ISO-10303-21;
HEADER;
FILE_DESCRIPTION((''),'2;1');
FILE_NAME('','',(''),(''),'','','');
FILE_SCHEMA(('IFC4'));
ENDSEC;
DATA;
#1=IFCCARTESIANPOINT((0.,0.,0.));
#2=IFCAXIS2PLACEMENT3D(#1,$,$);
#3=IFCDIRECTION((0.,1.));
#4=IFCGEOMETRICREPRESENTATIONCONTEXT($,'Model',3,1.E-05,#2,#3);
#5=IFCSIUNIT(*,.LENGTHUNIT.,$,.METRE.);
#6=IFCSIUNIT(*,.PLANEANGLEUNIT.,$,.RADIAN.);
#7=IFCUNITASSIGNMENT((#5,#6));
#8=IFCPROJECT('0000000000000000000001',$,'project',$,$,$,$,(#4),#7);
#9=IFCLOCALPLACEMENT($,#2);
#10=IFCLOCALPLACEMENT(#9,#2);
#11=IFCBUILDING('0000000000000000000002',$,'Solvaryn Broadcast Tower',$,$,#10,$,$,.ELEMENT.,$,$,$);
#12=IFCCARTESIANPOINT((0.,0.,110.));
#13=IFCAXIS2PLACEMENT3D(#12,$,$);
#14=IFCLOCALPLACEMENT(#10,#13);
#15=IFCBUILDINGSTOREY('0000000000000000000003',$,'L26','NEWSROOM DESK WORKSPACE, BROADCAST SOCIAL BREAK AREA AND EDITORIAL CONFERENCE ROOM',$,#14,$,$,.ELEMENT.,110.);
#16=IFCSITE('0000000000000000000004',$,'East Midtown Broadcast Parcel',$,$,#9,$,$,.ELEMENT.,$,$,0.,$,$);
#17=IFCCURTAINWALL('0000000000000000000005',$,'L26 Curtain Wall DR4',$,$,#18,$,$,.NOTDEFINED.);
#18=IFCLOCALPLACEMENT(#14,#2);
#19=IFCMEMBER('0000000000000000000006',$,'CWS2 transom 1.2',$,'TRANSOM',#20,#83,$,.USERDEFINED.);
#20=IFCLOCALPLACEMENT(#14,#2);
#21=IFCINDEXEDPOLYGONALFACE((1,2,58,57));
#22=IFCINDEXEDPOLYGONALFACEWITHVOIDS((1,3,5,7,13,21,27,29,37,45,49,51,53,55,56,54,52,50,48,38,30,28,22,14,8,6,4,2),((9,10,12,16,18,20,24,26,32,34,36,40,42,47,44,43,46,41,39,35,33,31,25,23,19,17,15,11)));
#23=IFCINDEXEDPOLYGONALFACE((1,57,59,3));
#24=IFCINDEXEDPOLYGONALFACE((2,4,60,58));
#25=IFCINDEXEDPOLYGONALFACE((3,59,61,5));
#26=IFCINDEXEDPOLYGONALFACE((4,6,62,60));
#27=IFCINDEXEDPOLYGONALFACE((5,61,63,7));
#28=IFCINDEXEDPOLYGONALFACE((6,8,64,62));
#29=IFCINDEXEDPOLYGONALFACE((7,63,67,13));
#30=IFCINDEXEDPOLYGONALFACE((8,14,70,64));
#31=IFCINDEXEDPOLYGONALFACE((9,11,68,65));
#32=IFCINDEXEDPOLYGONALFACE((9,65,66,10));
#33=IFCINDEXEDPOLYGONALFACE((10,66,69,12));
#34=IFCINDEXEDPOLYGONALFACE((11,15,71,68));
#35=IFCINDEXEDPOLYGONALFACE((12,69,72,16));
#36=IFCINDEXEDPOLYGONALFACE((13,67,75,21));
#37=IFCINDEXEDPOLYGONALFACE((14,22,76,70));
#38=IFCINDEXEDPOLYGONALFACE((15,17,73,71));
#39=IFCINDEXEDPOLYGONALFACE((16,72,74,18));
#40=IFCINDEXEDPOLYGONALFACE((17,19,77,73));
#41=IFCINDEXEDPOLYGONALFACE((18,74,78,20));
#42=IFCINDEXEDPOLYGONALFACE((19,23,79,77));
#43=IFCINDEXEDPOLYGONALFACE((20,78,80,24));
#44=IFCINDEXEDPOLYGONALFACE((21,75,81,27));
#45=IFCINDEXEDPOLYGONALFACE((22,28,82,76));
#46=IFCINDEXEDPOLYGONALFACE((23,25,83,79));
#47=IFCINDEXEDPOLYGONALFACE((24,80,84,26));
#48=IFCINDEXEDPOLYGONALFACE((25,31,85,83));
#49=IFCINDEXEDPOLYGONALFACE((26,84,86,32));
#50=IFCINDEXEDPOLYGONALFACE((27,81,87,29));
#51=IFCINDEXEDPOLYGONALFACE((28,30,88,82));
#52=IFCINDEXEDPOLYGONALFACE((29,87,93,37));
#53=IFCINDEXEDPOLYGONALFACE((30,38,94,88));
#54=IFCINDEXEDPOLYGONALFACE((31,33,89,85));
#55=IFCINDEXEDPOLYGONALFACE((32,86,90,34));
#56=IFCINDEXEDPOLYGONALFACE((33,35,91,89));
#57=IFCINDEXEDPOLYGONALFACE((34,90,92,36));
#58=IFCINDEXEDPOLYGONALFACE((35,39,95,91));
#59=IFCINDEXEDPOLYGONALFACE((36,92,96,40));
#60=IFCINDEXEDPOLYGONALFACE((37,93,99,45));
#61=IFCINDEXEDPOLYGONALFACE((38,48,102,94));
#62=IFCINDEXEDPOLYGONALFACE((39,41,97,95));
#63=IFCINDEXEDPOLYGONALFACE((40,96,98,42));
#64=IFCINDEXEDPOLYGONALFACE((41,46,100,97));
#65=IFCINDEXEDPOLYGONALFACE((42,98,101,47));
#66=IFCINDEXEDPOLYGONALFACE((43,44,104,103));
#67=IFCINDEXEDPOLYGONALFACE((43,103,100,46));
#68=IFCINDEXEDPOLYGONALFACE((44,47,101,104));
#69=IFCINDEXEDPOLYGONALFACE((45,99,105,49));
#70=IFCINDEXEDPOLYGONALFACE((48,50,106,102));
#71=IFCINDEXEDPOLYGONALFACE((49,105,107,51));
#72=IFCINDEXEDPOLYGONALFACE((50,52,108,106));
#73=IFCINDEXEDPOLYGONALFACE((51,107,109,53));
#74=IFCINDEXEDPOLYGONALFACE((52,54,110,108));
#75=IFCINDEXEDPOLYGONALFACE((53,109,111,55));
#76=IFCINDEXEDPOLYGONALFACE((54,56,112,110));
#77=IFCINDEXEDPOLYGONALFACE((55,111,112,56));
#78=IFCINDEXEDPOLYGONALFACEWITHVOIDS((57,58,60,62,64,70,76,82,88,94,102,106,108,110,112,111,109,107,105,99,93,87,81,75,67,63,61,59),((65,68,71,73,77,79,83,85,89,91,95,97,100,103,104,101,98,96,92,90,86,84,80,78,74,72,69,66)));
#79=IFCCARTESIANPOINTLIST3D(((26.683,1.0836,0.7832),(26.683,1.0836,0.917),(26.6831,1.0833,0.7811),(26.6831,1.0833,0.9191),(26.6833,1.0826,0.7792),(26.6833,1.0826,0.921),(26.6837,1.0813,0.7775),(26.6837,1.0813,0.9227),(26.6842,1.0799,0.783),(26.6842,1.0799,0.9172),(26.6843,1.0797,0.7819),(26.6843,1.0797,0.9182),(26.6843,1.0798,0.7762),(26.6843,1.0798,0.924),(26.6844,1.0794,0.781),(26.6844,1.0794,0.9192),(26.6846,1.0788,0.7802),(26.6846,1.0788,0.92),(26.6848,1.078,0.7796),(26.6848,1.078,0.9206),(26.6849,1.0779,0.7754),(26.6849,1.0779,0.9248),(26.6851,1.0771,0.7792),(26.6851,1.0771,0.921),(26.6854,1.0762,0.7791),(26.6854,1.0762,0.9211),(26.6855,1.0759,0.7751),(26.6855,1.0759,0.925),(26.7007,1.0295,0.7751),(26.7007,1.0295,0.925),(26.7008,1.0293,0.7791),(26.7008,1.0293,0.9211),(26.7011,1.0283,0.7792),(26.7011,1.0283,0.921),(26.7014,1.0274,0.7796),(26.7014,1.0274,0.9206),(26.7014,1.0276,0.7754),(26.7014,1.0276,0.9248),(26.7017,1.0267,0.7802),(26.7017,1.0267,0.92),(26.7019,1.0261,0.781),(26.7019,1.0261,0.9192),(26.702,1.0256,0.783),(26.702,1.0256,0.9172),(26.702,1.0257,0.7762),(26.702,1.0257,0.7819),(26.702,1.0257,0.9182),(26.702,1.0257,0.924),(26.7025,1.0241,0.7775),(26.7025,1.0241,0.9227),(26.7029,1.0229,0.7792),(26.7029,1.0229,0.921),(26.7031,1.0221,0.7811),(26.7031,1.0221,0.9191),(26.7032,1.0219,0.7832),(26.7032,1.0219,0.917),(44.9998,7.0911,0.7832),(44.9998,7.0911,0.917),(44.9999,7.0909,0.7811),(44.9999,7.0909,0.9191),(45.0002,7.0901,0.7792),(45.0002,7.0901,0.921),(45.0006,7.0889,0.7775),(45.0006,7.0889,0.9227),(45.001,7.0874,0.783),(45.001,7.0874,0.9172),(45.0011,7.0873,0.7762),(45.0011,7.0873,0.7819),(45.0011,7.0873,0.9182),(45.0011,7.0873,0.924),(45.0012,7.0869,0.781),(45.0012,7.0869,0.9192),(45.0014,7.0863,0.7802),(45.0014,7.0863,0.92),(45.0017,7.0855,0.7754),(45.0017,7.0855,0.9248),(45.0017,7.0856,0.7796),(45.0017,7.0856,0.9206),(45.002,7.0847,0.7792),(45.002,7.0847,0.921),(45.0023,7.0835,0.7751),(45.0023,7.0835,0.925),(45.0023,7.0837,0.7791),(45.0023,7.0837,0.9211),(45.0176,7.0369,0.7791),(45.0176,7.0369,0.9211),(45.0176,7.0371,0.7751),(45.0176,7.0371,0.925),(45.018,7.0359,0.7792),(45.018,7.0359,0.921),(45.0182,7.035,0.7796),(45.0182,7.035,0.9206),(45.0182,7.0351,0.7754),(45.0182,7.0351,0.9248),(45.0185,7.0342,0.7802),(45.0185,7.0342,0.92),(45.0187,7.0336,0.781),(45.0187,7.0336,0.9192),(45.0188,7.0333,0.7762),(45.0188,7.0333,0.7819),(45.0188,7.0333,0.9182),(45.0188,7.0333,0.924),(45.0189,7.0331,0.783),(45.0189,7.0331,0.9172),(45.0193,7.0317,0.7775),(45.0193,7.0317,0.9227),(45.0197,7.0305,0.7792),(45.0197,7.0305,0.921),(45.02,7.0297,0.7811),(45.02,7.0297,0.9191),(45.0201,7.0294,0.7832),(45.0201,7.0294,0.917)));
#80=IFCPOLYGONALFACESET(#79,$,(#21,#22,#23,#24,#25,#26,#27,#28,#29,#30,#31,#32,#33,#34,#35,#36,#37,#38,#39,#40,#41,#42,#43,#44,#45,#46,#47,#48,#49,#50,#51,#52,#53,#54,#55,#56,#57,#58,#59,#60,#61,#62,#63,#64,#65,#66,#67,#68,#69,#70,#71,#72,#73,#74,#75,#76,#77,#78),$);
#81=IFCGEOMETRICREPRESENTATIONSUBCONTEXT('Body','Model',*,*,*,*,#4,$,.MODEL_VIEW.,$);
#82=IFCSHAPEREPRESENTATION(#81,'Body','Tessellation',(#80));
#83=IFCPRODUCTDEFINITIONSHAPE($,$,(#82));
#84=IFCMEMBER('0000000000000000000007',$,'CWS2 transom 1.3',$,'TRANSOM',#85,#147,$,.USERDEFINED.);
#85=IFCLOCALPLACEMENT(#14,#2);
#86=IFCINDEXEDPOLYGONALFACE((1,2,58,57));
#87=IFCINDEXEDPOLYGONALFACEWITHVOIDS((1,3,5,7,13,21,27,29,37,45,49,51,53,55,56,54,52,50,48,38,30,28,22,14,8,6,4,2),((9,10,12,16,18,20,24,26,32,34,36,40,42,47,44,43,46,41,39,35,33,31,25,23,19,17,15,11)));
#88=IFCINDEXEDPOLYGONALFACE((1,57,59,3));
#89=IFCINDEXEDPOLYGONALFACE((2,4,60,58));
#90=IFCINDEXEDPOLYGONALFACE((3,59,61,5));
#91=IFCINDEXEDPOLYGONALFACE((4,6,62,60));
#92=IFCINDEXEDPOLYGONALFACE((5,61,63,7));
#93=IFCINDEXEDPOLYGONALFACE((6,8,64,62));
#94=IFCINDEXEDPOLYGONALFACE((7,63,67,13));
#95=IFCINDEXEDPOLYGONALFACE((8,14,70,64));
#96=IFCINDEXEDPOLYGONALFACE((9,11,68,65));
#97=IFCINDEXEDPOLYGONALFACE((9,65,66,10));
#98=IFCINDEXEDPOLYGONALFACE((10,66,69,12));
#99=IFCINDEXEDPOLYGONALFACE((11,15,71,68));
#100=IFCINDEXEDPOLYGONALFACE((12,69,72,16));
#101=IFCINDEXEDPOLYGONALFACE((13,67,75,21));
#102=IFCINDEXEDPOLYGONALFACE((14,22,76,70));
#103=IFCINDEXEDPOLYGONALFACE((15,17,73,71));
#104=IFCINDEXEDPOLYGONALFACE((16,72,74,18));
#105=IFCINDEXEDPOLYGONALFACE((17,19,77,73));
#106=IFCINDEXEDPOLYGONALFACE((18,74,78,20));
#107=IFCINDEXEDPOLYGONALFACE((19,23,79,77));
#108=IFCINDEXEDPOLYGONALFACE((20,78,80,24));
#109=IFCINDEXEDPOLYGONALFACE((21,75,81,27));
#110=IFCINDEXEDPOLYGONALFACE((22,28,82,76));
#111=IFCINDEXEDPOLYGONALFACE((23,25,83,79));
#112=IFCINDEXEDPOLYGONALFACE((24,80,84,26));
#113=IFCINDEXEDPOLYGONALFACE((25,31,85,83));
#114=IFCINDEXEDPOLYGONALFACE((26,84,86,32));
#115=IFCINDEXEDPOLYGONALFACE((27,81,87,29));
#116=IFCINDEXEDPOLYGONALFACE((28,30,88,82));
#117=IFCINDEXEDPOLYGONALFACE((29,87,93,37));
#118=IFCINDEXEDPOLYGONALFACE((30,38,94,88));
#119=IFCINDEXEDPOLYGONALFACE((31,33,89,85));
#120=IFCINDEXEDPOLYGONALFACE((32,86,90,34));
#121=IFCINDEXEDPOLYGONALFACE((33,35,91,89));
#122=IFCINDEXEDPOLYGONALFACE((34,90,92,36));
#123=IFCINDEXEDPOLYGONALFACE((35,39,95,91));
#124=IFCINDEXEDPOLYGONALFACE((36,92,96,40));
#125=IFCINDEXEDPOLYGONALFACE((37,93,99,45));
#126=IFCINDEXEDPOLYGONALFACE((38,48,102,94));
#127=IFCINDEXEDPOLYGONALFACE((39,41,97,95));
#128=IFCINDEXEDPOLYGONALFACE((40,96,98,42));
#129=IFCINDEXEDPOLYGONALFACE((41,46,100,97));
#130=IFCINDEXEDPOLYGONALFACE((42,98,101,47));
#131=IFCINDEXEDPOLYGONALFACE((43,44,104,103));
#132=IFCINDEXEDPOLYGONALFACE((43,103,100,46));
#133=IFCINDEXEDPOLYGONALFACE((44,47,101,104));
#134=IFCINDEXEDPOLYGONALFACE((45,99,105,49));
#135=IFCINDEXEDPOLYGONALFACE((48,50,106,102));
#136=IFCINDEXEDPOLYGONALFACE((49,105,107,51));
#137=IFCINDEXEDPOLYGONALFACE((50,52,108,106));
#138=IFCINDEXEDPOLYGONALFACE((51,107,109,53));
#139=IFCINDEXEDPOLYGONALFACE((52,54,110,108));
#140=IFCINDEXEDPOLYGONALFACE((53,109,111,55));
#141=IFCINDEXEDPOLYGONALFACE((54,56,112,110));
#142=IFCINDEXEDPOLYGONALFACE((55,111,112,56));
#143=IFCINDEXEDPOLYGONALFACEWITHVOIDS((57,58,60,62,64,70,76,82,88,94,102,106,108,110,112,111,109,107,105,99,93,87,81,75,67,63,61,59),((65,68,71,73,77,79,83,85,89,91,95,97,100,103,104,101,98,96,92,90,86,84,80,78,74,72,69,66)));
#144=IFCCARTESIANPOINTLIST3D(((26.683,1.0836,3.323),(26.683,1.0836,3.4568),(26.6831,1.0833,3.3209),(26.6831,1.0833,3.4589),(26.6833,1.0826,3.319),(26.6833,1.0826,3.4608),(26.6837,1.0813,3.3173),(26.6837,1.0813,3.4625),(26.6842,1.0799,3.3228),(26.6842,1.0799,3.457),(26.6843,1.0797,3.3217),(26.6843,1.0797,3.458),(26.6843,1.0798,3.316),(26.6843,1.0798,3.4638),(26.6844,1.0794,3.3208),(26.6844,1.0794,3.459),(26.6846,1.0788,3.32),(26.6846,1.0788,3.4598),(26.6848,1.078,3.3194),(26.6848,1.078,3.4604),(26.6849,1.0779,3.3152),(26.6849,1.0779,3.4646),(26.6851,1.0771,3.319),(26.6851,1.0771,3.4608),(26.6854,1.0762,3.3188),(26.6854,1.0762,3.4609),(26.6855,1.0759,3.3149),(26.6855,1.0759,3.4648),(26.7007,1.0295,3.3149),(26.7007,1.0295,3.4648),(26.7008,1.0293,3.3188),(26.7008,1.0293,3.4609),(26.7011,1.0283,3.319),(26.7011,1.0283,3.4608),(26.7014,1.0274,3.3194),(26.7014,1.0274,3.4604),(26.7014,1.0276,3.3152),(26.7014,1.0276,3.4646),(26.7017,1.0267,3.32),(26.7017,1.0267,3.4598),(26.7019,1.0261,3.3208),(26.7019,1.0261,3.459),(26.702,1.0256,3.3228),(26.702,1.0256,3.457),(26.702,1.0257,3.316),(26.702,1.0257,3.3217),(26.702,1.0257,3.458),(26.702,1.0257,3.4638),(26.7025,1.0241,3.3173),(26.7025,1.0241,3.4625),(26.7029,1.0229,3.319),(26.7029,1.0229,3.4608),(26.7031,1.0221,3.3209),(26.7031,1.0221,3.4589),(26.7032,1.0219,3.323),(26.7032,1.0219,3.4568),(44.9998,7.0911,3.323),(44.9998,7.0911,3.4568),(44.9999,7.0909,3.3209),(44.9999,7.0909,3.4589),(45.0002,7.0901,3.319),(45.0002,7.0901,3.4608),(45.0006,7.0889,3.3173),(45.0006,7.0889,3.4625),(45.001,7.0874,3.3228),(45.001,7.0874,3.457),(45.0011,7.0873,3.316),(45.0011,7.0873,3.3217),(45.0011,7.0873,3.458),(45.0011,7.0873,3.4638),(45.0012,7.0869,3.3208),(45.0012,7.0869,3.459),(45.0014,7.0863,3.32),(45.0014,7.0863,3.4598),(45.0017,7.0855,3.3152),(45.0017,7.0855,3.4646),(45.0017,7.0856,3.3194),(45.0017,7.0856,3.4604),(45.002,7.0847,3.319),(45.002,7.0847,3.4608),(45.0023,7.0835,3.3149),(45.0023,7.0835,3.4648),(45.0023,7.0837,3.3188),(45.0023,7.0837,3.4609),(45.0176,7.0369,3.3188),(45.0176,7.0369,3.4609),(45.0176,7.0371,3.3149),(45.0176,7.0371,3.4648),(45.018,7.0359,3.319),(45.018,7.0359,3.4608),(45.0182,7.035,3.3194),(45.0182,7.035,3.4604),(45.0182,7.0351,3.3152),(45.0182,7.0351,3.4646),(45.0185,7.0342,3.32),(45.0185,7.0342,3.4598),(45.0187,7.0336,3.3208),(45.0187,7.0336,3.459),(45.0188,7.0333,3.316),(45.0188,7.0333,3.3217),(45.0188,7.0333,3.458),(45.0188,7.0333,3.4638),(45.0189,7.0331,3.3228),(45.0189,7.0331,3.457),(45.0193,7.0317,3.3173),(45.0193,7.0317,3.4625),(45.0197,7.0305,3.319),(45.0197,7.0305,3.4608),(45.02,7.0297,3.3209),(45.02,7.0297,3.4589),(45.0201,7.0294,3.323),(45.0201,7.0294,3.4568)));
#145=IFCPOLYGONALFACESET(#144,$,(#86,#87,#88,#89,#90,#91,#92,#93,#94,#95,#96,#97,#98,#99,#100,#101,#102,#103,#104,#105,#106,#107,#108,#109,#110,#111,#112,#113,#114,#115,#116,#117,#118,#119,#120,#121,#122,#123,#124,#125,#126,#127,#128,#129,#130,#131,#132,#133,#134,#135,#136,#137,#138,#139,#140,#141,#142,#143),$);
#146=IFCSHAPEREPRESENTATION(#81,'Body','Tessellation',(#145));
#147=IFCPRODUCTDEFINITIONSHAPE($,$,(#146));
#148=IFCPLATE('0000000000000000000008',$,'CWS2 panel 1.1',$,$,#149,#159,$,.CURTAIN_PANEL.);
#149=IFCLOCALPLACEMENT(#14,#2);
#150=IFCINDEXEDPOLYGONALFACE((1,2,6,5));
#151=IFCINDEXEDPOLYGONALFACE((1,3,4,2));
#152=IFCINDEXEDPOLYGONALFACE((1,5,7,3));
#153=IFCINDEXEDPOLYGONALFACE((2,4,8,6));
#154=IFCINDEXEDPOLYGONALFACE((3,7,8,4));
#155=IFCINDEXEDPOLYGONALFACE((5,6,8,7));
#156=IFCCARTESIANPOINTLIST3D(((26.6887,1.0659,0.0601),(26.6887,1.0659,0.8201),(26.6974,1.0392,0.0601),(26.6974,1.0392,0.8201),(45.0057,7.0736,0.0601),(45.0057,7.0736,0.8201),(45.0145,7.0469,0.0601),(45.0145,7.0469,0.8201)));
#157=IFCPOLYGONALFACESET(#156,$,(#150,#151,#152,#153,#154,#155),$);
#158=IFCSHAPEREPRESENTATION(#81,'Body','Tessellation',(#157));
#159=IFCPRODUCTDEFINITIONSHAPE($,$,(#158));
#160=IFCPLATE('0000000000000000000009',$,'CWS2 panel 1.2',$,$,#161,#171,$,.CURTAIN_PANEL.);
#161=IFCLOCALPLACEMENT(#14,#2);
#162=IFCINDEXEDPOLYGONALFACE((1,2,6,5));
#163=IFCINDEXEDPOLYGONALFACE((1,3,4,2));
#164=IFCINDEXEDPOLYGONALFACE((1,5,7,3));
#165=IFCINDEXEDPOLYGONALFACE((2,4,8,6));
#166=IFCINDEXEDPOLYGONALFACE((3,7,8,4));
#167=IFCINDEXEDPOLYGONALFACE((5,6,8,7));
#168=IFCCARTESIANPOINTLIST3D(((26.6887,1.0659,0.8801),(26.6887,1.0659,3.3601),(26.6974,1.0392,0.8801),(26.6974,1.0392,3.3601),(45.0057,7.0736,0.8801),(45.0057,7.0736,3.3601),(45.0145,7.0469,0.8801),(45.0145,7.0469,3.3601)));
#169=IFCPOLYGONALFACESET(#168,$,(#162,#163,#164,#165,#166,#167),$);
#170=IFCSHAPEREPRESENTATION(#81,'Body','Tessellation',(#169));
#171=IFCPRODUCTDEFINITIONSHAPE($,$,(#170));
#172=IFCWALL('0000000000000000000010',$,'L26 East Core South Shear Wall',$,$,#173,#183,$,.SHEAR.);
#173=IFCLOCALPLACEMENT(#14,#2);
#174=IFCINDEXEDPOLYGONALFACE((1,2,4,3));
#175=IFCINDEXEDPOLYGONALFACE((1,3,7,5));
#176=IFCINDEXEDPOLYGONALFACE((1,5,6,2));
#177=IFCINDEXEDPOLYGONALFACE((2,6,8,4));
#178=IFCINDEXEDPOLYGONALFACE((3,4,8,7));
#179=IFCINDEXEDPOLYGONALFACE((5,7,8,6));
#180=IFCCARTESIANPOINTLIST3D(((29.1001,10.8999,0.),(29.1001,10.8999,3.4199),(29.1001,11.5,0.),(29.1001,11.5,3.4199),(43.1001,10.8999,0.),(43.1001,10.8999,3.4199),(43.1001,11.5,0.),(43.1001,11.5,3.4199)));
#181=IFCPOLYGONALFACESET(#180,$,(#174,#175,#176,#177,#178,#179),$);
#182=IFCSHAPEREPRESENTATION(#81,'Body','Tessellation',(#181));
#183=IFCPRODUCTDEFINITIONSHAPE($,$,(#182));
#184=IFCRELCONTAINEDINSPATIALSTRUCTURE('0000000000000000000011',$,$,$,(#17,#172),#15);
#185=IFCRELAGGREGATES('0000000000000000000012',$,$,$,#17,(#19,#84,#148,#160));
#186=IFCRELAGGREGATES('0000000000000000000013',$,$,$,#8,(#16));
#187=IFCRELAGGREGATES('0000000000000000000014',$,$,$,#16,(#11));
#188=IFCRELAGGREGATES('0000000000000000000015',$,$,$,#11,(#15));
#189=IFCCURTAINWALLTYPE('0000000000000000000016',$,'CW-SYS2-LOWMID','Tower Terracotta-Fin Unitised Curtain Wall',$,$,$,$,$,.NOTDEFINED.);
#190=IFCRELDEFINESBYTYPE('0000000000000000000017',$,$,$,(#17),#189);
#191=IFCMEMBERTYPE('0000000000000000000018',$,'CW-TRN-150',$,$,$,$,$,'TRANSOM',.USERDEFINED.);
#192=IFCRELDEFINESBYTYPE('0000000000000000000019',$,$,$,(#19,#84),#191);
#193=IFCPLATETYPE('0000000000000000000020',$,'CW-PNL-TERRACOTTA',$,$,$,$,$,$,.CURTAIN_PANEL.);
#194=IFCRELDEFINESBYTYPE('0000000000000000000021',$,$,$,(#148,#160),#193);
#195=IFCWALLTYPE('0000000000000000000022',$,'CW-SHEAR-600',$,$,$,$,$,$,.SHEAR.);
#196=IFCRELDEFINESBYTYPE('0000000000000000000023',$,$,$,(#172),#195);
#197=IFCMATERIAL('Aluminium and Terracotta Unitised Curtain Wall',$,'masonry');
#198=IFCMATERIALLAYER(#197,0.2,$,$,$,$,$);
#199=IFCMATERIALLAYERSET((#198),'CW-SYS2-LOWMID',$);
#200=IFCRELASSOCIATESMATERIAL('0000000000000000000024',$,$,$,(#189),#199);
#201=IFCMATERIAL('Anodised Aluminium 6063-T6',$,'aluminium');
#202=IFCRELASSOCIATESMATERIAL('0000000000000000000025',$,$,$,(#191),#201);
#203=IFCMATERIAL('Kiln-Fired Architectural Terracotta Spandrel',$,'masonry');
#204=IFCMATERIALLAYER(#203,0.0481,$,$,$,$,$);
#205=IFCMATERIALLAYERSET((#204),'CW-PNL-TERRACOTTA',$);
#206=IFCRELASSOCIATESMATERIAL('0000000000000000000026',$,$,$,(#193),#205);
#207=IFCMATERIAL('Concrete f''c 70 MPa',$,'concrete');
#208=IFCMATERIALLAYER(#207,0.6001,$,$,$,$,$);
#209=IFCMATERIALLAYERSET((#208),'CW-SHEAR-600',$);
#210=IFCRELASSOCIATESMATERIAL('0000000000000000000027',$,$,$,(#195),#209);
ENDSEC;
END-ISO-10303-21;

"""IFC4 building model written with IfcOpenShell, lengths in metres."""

from ifc_helpers import new_model, si_unit, direction, frame, frame_2d, origin, origin_2d, place, context, subcontext, project, spatial, rectangle, hollow_rectangle, extrude, material, layer, layer_set, material_profile, profile_set, type_object, element, aggregate, save


model = new_model("IFC4")

# Units and contexts
model_context = context("Model", 3, precision=1e-05, world=origin(), true_north=direction((0.0, 1.0)))
body_context = subcontext(model_context, "Body", "Model", "MODEL_VIEW")
ifc_project = project(units=[si_unit("LENGTHUNIT", "METRE"), si_unit("PLANEANGLEUNIT", "RADIAN")], contexts=[model_context])

# Site, building, storey
site_placement = place(None, origin())
site = spatial("IfcSite", under=ifc_project, at=site_placement, Name="East Midtown Broadcast Parcel", CompositionType="ELEMENT", RefElevation=0.0)
building_placement = place(site_placement, origin())
building = spatial("IfcBuilding", under=site, at=building_placement, Name="Solvaryn Broadcast Tower", CompositionType="ELEMENT")
storey_placement = place(building_placement, frame((0.0, 0.0, 110.0)))
storey = spatial("IfcBuildingStorey", under=building, at=storey_placement, Name="L26", Description="NEWSROOM DESK WORKSPACE, BROADCAST SOCIAL BREAK AREA AND EDITORIAL CONFERENCE ROOM", CompositionType="ELEMENT", Elevation=110.0)

# Shared definitions
ifc_material_1 = material(Name="Aluminium and Terracotta Unitised Curtain Wall", Category="masonry")
ifc_layer_1 = layer(ifc_material_1, 0.2)
ifc_layer_set_1 = layer_set([ifc_layer_1], Name="CW-SYS2-LOWMID")
curtain_wall_type = type_object("IfcCurtainWallType", Name="CW-SYS2-LOWMID", Description="Tower Terracotta-Fin Unitised Curtain Wall", PredefinedType="NOTDEFINED", material=ifc_layer_set_1)

# Curtain wall, members, plates
curtain_wall_1_placement = place(storey_placement, origin())
curtain_wall_1 = element("IfcCurtainWall", 1, at=curtain_wall_1_placement, inside=storey, type_object=curtain_wall_type, Name="L26 Curtain Wall DR4", PredefinedType="NOTDEFINED")
ifc_material_2 = material(Name="Anodised Aluminium 6063-T6", Category="aluminium")
ifc_material_profile_1 = material_profile(ifc_material_2, hollow_rectangle(XDim=0.0649, YDim=0.1499, WallThickness=0.0039, InnerFilletRadius=0.0039, OuterFilletRadius=0.0081, at=origin_2d()))
ifc_profile_set_1 = profile_set([ifc_material_profile_1], Name="Anodised Aluminium 6063-T6")
member_type_1 = type_object("IfcMemberType", Name="CW-TRN-150", ElementType="TRANSOM", PredefinedType="USERDEFINED", material=ifc_profile_set_1)
member_1_placement = place(storey_placement, frame((26.6931, 1.0527, 0.8501), z_axis=(0.950198, 0.311646, 0.0), x_axis=(-0.311646, 0.950198, 0.0)))
member_1 = element("IfcMember", 2, at=member_1_placement, type_object=member_type_1, Name="CWS2 transom 1.2", ObjectType="TRANSOM", PredefinedType="USERDEFINED", context=body_context, shape_type="SweptSolid", body=[
    extrude(hollow_rectangle(XDim=0.0649, YDim=0.1499, WallThickness=0.0039, InnerFilletRadius=0.0039, OuterFilletRadius=0.0081, at=origin_2d()), origin(), (0.0, 0.0, 1.0), 19.2769),
])
member_2_placement = place(storey_placement, frame((26.6931, 1.0527, 3.3899), z_axis=(0.950198, 0.311646, 0.0), x_axis=(-0.311646, 0.950198, 0.0)))
member_2 = element("IfcMember", 3, at=member_2_placement, type_object=member_type_1, Name="CWS2 transom 1.3", ObjectType="TRANSOM", PredefinedType="USERDEFINED", context=body_context, shape_type="SweptSolid", body=[
    extrude(hollow_rectangle(XDim=0.0649, YDim=0.1499, WallThickness=0.0039, InnerFilletRadius=0.0039, OuterFilletRadius=0.0081, at=origin_2d()), origin(), (0.0, 0.0, 1.0), 19.2769),
])
ifc_material_3 = material(Name="Kiln-Fired Architectural Terracotta Spandrel", Category="masonry")
ifc_layer_2 = layer(ifc_material_3, 0.0481)
ifc_layer_set_2 = layer_set([ifc_layer_2], Name="CW-PNL-TERRACOTTA")
plate_type = type_object("IfcPlateType", Name="CW-PNL-TERRACOTTA", PredefinedType="CURTAIN_PANEL", material=ifc_layer_set_2)
plate_1_placement = place(storey_placement, frame((35.8516, 4.0564, 0.0601), z_axis=(0.0, 0.0, 1.0), x_axis=(0.950198, 0.311646, 0.0)))
plate_1 = element("IfcPlate", 4, at=plate_1_placement, type_object=plate_type, Name="CWS2 panel 1.1", PredefinedType="CURTAIN_PANEL", context=body_context, shape_type="SweptSolid", body=[
    extrude(rectangle(XDim=19.2771, YDim=0.0281, at=origin_2d()), origin(), (0.0, 0.0, 1.0), 0.76),
])
plate_2_placement = place(storey_placement, frame((35.8516, 4.0564, 0.8801), z_axis=(0.0, 0.0, 1.0), x_axis=(0.950198, 0.311646, 0.0)))
plate_2 = element("IfcPlate", 5, at=plate_2_placement, type_object=plate_type, Name="CWS2 panel 1.2", PredefinedType="CURTAIN_PANEL", context=body_context, shape_type="SweptSolid", body=[
    extrude(rectangle(XDim=19.2771, YDim=0.0281, at=origin_2d()), origin(), (0.0, 0.0, 1.0), 2.48),
])
aggregate(curtain_wall_1, [member_1, member_2, plate_1, plate_2])

# Wall
ifc_material_4 = material(Name="Concrete f'c 70 MPa", Category="concrete")
ifc_layer_3 = layer(ifc_material_4, 0.6001)
ifc_layer_set_3 = layer_set([ifc_layer_3], Name="CW-SHEAR-600")
wall_type_1 = type_object("IfcWallType", Name="CW-SHEAR-600", PredefinedType="SHEAR", material=ifc_layer_set_3)
wall_1_placement = place(storey_placement, frame((29.1001, 11.2, 0.0), z_axis=(0.0, 0.0, 1.0), x_axis=(1.0, 0.0, 0.0)))
element("IfcWall", 6, at=wall_1_placement, inside=storey, type_object=wall_type_1, Name="L26 East Core South Shear Wall", PredefinedType="SHEAR", context=body_context, shape_type="SweptSolid", body=[
    extrude(rectangle(XDim=14.0, YDim=0.6001, at=frame_2d((7.0, 0.0))), origin(), (0.0, 0.0, 1.0), 3.4199),
])

save(model, "model.ifc")
